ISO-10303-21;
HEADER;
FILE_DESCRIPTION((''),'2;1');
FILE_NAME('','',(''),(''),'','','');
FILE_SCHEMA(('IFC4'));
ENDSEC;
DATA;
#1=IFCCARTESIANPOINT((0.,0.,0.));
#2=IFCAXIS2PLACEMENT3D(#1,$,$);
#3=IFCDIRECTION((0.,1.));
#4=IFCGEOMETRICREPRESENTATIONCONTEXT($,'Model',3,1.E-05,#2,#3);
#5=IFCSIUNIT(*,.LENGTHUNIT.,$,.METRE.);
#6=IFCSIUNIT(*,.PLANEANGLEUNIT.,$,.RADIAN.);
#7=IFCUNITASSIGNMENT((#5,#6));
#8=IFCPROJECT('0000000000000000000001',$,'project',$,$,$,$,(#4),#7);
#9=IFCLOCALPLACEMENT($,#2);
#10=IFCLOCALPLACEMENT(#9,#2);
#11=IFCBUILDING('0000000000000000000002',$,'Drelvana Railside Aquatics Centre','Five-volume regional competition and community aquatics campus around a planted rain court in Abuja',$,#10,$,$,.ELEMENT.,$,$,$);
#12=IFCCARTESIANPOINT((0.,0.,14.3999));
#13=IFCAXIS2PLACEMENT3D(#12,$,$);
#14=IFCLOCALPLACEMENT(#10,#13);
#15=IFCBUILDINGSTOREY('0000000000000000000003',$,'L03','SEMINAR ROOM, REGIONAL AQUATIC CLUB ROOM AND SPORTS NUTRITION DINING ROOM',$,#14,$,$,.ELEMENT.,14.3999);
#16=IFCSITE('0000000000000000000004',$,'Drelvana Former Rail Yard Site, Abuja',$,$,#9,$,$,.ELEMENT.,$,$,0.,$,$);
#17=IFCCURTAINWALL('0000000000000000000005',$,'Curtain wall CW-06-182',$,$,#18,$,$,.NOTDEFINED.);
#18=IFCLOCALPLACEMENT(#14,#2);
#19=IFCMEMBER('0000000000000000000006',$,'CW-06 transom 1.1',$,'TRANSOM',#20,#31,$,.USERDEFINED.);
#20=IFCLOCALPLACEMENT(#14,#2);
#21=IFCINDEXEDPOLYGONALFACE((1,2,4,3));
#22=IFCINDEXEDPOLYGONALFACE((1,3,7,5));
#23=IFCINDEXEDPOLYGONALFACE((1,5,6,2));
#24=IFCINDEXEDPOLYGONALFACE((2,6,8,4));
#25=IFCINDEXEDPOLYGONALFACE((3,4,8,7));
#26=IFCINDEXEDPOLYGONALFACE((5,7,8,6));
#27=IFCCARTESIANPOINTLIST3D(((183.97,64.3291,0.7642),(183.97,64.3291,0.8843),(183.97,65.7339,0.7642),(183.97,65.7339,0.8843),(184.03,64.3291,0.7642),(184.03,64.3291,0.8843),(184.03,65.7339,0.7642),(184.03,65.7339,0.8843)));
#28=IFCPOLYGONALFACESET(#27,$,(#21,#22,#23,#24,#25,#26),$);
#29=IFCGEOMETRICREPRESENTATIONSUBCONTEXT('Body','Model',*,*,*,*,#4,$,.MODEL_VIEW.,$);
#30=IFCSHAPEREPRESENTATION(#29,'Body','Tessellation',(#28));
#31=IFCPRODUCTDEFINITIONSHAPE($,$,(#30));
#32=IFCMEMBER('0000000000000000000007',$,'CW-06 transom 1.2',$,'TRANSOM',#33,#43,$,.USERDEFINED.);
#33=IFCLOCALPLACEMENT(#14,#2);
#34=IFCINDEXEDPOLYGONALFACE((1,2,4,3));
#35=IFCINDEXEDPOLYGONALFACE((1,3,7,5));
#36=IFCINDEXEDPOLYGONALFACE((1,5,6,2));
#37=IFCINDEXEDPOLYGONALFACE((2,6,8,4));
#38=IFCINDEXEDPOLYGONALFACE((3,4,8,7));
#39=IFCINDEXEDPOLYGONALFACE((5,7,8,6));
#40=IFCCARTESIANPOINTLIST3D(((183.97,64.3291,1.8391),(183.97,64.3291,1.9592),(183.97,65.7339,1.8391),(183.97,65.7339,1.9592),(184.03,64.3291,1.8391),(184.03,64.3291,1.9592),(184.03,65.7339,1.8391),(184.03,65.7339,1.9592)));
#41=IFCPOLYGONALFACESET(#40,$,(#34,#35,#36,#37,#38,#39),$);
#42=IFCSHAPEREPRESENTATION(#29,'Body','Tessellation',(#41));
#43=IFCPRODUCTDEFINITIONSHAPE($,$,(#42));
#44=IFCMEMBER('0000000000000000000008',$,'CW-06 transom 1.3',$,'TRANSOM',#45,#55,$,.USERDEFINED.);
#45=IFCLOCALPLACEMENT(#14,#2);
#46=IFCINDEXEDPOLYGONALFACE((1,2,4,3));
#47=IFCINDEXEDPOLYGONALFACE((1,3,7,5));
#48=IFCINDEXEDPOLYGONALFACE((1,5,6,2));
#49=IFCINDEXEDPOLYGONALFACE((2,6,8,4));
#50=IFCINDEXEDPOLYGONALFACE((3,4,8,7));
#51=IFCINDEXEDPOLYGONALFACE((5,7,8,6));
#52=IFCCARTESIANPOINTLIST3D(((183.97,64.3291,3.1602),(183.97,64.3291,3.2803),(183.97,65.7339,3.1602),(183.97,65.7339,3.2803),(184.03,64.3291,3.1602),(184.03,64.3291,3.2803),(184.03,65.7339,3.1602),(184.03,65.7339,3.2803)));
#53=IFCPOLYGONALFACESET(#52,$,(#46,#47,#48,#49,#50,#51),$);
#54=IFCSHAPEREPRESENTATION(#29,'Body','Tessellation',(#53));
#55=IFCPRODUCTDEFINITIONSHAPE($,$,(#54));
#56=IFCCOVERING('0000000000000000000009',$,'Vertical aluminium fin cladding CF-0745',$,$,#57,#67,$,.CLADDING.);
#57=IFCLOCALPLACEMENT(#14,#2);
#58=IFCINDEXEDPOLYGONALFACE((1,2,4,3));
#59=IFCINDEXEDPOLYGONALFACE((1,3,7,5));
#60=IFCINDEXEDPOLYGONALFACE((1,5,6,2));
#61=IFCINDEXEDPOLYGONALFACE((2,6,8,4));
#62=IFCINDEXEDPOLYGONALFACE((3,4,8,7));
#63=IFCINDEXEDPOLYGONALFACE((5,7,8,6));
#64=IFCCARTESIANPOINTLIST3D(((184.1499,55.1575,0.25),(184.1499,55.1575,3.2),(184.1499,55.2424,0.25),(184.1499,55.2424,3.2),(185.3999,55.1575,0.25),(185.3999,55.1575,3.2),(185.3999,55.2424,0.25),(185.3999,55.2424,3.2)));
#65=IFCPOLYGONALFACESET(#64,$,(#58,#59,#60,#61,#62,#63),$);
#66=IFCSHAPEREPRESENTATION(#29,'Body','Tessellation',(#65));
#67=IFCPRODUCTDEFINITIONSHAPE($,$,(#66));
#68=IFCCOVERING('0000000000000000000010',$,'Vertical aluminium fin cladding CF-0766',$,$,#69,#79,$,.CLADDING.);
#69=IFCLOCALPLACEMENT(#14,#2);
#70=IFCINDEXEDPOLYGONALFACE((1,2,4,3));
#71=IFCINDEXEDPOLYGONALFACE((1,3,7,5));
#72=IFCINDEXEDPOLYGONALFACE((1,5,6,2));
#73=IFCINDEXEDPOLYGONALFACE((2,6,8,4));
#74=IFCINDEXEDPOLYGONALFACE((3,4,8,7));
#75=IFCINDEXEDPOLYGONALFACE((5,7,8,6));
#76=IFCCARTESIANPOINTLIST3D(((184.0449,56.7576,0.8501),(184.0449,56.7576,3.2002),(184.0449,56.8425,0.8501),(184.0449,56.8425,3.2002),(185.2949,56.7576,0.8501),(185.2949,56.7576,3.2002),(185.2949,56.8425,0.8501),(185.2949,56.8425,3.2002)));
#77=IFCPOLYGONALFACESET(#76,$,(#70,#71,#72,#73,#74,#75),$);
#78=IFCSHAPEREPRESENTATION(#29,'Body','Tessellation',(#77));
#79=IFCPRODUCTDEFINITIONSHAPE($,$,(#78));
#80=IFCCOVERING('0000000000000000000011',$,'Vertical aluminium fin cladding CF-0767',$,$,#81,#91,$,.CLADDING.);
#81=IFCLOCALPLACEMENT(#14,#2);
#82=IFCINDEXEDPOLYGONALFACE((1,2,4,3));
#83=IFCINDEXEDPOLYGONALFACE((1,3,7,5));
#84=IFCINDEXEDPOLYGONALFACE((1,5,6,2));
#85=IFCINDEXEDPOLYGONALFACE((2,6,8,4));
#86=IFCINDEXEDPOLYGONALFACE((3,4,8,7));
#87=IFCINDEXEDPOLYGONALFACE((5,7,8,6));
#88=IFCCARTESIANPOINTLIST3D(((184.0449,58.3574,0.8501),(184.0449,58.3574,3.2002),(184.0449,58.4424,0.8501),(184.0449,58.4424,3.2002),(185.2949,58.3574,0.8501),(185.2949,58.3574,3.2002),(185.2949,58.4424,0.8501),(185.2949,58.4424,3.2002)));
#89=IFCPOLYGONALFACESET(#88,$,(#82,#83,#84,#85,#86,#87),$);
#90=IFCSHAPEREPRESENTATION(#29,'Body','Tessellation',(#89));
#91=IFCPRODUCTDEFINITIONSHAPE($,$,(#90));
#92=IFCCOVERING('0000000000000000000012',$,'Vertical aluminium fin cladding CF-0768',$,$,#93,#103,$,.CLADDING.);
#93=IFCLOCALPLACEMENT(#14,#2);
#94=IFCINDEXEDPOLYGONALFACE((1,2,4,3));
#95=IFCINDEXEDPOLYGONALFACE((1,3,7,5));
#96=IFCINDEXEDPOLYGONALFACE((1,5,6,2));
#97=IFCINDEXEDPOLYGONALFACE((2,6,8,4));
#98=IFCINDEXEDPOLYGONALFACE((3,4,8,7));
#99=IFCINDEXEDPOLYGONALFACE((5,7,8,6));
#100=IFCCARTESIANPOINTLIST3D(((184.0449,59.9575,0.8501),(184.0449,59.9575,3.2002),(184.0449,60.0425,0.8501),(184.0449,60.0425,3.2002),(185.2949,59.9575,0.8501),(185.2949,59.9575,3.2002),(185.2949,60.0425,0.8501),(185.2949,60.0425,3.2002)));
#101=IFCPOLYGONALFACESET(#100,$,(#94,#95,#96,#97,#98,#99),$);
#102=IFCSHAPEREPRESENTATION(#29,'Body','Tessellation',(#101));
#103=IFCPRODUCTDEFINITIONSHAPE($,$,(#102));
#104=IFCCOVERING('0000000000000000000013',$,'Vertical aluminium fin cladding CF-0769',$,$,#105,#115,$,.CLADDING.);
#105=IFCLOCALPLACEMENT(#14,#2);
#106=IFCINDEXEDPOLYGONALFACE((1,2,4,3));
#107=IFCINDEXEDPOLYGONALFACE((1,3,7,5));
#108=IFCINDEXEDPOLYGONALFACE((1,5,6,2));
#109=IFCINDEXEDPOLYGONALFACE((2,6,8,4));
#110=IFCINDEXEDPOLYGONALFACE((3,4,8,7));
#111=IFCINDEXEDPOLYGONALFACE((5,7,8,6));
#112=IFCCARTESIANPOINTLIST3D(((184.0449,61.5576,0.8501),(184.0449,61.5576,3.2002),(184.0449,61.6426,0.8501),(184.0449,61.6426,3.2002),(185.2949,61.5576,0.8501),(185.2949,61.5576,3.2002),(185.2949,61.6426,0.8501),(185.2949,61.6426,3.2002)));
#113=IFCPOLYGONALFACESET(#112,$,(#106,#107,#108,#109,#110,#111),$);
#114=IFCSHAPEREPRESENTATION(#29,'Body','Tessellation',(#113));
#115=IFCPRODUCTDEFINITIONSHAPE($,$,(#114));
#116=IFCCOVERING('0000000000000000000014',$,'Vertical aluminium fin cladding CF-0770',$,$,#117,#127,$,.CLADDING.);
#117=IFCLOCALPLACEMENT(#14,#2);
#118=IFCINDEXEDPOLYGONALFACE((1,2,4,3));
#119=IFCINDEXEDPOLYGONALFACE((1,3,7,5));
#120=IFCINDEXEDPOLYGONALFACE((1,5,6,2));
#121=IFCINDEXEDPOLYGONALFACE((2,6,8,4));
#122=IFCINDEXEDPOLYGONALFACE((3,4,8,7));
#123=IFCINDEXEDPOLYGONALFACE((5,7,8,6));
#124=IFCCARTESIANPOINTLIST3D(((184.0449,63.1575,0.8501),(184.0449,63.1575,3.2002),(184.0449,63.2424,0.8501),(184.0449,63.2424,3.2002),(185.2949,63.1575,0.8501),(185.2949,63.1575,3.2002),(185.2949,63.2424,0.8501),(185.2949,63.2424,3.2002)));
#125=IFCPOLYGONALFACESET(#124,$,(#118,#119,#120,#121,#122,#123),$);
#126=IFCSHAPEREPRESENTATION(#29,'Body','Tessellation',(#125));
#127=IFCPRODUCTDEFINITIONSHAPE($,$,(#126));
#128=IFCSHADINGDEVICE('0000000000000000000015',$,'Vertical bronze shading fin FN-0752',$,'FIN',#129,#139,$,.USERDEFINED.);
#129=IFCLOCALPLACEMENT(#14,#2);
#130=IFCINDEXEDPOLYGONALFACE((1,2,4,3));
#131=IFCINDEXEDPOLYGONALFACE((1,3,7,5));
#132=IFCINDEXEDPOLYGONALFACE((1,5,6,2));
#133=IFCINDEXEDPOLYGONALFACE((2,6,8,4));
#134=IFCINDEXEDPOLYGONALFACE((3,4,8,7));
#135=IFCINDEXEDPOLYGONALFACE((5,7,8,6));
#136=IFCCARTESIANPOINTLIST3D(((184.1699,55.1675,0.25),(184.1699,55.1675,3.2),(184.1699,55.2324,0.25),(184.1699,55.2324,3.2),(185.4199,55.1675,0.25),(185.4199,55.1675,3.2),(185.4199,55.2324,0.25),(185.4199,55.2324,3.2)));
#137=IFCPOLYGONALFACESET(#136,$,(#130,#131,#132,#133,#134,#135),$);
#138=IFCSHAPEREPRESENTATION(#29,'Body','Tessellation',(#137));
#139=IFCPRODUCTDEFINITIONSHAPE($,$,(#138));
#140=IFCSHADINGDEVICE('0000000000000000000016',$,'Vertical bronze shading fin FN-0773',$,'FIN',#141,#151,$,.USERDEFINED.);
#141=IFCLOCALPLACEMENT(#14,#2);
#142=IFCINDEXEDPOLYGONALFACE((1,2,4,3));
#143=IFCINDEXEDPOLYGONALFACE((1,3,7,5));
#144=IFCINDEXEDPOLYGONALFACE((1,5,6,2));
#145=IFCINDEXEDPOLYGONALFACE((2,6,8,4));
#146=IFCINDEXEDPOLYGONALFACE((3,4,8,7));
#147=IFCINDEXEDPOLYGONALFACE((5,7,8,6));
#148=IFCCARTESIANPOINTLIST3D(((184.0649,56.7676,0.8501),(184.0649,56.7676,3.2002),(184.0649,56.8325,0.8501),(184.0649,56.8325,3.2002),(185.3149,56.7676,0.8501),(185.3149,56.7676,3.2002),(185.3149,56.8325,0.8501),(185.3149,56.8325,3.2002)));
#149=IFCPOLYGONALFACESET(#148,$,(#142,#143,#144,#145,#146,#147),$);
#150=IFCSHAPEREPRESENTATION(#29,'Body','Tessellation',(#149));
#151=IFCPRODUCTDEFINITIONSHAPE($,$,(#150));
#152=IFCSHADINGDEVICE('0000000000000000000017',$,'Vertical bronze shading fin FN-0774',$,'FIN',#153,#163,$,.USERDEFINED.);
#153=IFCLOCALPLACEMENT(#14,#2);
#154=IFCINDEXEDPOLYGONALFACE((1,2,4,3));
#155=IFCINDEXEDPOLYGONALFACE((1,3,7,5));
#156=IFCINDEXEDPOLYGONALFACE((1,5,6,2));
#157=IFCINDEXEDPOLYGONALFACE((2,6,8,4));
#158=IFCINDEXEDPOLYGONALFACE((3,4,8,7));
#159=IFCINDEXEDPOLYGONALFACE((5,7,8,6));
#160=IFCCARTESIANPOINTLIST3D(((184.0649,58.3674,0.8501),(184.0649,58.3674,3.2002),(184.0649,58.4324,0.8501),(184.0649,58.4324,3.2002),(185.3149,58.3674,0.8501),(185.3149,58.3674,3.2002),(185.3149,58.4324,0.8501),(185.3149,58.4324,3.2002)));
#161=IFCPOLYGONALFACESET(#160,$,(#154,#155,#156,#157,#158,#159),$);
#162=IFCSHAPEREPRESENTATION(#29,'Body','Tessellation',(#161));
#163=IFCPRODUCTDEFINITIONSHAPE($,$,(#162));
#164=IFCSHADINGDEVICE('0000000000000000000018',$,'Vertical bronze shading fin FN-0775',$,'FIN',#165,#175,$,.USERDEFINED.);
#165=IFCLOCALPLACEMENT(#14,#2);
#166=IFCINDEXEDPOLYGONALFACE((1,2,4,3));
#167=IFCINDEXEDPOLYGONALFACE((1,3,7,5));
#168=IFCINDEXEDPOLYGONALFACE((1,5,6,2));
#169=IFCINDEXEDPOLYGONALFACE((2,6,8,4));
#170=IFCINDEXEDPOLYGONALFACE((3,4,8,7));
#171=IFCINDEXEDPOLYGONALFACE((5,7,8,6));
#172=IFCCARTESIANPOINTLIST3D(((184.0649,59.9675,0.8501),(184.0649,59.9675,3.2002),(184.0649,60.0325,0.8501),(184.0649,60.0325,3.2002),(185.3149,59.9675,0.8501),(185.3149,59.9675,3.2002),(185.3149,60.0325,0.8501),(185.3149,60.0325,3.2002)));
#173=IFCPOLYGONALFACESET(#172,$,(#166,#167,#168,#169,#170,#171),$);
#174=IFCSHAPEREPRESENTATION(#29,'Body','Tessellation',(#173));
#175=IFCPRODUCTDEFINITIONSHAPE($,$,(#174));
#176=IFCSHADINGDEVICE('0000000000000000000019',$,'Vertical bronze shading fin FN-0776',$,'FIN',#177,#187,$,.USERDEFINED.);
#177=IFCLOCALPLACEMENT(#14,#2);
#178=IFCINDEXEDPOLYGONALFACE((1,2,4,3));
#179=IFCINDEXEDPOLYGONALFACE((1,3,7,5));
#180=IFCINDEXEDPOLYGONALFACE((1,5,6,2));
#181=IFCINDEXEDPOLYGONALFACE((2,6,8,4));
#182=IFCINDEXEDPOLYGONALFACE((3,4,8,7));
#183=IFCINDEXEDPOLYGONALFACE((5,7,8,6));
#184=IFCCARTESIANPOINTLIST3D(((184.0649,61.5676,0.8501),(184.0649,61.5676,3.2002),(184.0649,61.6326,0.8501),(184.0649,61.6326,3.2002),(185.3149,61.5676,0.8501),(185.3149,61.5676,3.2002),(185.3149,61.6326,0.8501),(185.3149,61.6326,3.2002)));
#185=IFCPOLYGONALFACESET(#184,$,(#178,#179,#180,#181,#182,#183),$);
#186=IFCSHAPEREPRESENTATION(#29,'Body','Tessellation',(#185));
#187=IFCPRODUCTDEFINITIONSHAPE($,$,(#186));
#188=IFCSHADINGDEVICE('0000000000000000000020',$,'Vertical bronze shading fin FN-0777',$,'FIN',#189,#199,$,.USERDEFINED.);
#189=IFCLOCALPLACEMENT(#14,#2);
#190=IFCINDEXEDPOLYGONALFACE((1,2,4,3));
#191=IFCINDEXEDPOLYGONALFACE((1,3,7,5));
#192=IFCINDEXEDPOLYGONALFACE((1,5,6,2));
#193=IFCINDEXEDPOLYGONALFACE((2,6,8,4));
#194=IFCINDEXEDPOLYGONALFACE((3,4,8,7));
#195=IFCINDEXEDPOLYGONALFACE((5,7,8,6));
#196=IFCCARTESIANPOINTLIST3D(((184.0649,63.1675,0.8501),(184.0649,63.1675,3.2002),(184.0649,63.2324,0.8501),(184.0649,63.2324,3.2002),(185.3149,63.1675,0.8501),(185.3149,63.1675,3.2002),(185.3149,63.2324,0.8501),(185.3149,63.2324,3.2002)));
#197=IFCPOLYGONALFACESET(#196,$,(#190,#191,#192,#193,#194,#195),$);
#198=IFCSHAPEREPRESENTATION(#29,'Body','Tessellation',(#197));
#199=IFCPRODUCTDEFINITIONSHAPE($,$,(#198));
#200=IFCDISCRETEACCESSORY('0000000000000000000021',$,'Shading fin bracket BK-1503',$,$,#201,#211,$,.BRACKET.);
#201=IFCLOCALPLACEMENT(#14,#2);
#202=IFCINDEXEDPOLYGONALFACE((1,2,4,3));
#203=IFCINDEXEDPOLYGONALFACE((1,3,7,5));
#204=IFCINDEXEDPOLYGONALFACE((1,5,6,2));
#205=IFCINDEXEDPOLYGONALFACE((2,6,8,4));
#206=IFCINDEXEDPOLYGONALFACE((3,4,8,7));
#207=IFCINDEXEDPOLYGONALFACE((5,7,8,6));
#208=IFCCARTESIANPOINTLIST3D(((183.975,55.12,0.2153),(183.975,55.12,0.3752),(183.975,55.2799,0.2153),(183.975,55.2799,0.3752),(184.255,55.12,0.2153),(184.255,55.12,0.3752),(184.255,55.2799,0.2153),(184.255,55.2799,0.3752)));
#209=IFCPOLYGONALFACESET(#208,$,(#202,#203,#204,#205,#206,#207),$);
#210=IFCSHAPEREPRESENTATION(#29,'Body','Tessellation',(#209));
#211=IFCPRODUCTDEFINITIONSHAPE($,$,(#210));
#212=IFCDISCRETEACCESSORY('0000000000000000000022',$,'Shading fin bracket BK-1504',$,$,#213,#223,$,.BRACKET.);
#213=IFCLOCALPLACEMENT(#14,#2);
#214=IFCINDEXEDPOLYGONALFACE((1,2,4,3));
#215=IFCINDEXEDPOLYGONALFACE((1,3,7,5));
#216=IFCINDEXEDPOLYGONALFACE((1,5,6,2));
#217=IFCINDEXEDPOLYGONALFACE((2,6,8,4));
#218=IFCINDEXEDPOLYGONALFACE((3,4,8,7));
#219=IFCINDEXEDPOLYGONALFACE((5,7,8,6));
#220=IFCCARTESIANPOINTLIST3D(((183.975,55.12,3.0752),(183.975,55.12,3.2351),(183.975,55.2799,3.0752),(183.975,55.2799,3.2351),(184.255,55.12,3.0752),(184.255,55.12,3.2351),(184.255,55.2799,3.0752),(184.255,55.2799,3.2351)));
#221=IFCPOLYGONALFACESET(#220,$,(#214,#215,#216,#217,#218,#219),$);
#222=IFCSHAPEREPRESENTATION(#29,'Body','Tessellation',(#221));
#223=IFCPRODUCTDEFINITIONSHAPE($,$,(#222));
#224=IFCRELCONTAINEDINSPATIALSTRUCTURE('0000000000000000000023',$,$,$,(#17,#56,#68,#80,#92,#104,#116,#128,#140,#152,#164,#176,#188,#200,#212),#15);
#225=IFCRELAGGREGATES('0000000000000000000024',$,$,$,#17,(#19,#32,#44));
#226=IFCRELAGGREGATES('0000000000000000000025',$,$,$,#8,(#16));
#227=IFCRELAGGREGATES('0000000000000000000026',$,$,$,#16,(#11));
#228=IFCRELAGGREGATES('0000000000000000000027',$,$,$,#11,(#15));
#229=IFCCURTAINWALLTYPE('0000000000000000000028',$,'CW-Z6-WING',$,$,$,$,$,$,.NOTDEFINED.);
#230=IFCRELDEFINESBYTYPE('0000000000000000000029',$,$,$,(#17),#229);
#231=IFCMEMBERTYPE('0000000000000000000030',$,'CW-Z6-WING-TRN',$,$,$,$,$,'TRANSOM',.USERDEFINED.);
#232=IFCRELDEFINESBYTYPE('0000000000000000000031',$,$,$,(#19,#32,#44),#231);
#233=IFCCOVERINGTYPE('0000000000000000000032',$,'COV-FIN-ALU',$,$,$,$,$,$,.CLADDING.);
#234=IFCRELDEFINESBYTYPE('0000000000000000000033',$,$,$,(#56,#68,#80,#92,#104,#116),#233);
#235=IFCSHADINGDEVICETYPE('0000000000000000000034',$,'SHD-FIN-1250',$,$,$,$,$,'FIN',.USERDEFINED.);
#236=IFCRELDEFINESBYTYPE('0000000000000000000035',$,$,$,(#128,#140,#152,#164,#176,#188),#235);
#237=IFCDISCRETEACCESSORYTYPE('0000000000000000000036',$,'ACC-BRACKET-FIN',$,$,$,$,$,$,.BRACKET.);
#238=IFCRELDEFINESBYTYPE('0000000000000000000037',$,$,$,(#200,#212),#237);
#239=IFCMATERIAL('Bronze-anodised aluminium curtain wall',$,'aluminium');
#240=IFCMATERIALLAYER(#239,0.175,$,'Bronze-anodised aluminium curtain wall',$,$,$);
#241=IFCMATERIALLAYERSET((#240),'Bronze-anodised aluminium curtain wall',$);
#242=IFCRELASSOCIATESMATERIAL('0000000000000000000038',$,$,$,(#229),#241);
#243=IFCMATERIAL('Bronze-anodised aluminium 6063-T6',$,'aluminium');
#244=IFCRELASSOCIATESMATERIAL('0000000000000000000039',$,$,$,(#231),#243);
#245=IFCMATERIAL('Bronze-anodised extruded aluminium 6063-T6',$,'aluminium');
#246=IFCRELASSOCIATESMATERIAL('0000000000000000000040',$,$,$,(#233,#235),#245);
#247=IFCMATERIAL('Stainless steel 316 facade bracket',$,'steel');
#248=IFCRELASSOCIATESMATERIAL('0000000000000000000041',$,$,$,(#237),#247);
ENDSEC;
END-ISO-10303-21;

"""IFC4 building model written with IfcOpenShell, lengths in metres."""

from ifc_helpers import new_model, si_unit, direction, frame, origin, origin_2d, place, context, subcontext, project, spatial, rectangle, extrude, material, layer, layer_set, material_profile, profile_set, type_object, element, aggregate, save


model = new_model("IFC4")

# Units and contexts
model_context = context("Model", 3, precision=1e-05, world=origin(), true_north=direction((0.0, 1.0)))
body_context = subcontext(model_context, "Body", "Model", "MODEL_VIEW")
ifc_project = project(units=[si_unit("LENGTHUNIT", "METRE"), si_unit("PLANEANGLEUNIT", "RADIAN")], contexts=[model_context])

# Site, building, storey
site_placement = place(None, origin())
site = spatial("IfcSite", under=ifc_project, at=site_placement, Name="Drelvana Former Rail Yard Site, Abuja", CompositionType="ELEMENT", RefElevation=0.0)
building_placement = place(site_placement, origin())
building = spatial("IfcBuilding", under=site, at=building_placement, Name="Drelvana Railside Aquatics Centre", Description="Five-volume regional competition and community aquatics campus around a planted rain court in Abuja", CompositionType="ELEMENT")
storey_placement = place(building_placement, frame((0.0, 0.0, 14.3999)))
storey = spatial("IfcBuildingStorey", under=building, at=storey_placement, Name="L03", Description="SEMINAR ROOM, REGIONAL AQUATIC CLUB ROOM AND SPORTS NUTRITION DINING ROOM", CompositionType="ELEMENT", Elevation=14.3999)

# Curtain wall, members
ifc_material_1 = material(Name="Bronze-anodised aluminium curtain wall", Category="aluminium")
ifc_layer = layer(ifc_material_1, 0.175, Name="Bronze-anodised aluminium curtain wall")
ifc_layer_set = layer_set([ifc_layer], Name="Bronze-anodised aluminium curtain wall")
curtain_wall_type = type_object("IfcCurtainWallType", Name="CW-Z6-WING", PredefinedType="NOTDEFINED", material=ifc_layer_set)
curtain_wall_placement = place(storey_placement, origin())
curtain_wall = element("IfcCurtainWall", 1, at=curtain_wall_placement, inside=storey, type_object=curtain_wall_type, Name="Curtain wall CW-06-182", PredefinedType="NOTDEFINED")
ifc_material_2 = material(Name="Bronze-anodised aluminium 6063-T6", Category="aluminium")
ifc_material_profile = material_profile(ifc_material_2, rectangle(XDim=0.1201, YDim=0.0601, at=origin_2d()), Name="ALU-T 60x120")
ifc_profile_set = profile_set([ifc_material_profile], Name="Bronze-anodised aluminium 6063-T6")
member_type = type_object("IfcMemberType", Name="CW-Z6-WING-TRN", ElementType="TRANSOM", PredefinedType="USERDEFINED", material=ifc_profile_set)
member_1_placement = place(storey_placement, frame((184.0, 64.3291, 0.8242), z_axis=(0.0, 1.0, 0.0), x_axis=(0.0, 0.0, 1.0)))
member_1 = element("IfcMember", 2, at=member_1_placement, type_object=member_type, Name="CW-06 transom 1.1", ObjectType="TRANSOM", PredefinedType="USERDEFINED", context=body_context, shape_type="SweptSolid", body=[
    extrude(rectangle(XDim=0.1201, YDim=0.0601, at=origin_2d()), origin(), (0.0, 0.0, 1.0), 1.4048),
])
member_2_placement = place(storey_placement, frame((184.0, 64.3291, 1.8992), z_axis=(0.0, 1.0, 0.0), x_axis=(0.0, 0.0, 1.0)))
member_2 = element("IfcMember", 3, at=member_2_placement, type_object=member_type, Name="CW-06 transom 1.2", ObjectType="TRANSOM", PredefinedType="USERDEFINED", context=body_context, shape_type="SweptSolid", body=[
    extrude(rectangle(XDim=0.1201, YDim=0.0601, at=origin_2d()), origin(), (0.0, 0.0, 1.0), 1.4048),
])
member_3_placement = place(storey_placement, frame((184.0, 64.3291, 3.2202), z_axis=(0.0, 1.0, 0.0), x_axis=(0.0, 0.0, 1.0)))
member_3 = element("IfcMember", 4, at=member_3_placement, type_object=member_type, Name="CW-06 transom 1.3", ObjectType="TRANSOM", PredefinedType="USERDEFINED", context=body_context, shape_type="SweptSolid", body=[
    extrude(rectangle(XDim=0.1201, YDim=0.0601, at=origin_2d()), origin(), (0.0, 0.0, 1.0), 1.4048),
])
aggregate(curtain_wall, [member_1, member_2, member_3])

# Coverings
ifc_material_3 = material(Name="Bronze-anodised extruded aluminium 6063-T6", Category="aluminium")
covering_type = type_object("IfcCoveringType", Name="COV-FIN-ALU", PredefinedType="CLADDING", material=ifc_material_3)
covering_placement = place(storey_placement, frame((184.7749, 55.2, 0.25), z_axis=(0.0, 0.0, 1.0), x_axis=(0.0, -1.0, 0.0)))
element("IfcCovering", 5, at=covering_placement, inside=storey, type_object=covering_type, Name="Vertical aluminium fin cladding CF-0745", PredefinedType="CLADDING", context=body_context, shape_type="SweptSolid", body=[
    extrude(rectangle(XDim=0.085, YDim=1.25, at=origin_2d()), origin(), (0.0, 0.0, 1.0), 2.95),
])
for number, where, z_axis, x_axis, name in (
    (6, (184.6699, 56.8, 0.8501), (0.0, 0.0, 1.0), (0.0, -1.0, 0.0), "Vertical aluminium fin cladding CF-0766"),
    (7, (184.6699, 58.3999, 0.8501), (0.0, 0.0, 1.0), (0.0, -1.0, 0.0), "Vertical aluminium fin cladding CF-0767"),
    (8, (184.6699, 60.0, 0.8501), (0.0, 0.0, 1.0), (0.0, -1.0, 0.0), "Vertical aluminium fin cladding CF-0768"),
    (9, (184.6699, 61.6001, 0.8501), (0.0, 0.0, 1.0), (0.0, -1.0, 0.0), "Vertical aluminium fin cladding CF-0769"),
    (10, (184.6699, 63.2, 0.8501), (0.0, 0.0, 1.0), (0.0, -1.0, 0.0), "Vertical aluminium fin cladding CF-0770"),
):
    element("IfcCovering", number, at=place(storey_placement, frame(where, z_axis=z_axis, x_axis=x_axis)), inside=storey, type_object=covering_type, Name=name, PredefinedType="CLADDING", context=body_context, shape_type="SweptSolid", body=[
        extrude(rectangle(XDim=0.085, YDim=1.25, at=origin_2d()), origin(), (0.0, 0.0, 1.0), 2.3501),
    ])

# Shading devices
shading_device_type = type_object("IfcShadingDeviceType", Name="SHD-FIN-1250", ElementType="FIN", PredefinedType="USERDEFINED", material=ifc_material_3)
shading_device_placement = place(storey_placement, frame((184.7949, 55.2, 0.25), z_axis=(0.0, 0.0, 1.0), x_axis=(1.0, 0.0, 0.0)))
element("IfcShadingDevice", 11, at=shading_device_placement, inside=storey, type_object=shading_device_type, Name="Vertical bronze shading fin FN-0752", ObjectType="FIN", PredefinedType="USERDEFINED", context=body_context, shape_type="SweptSolid", body=[
    extrude(rectangle(XDim=1.25, YDim=0.0649, at=origin_2d()), origin(), (0.0, 0.0, 1.0), 2.95),
])
for number, where, z_axis, x_axis, name in (
    (12, (184.6899, 56.8, 0.8501), (0.0, 0.0, 1.0), (1.0, 0.0, 0.0), "Vertical bronze shading fin FN-0773"),
    (13, (184.6899, 58.3999, 0.8501), (0.0, 0.0, 1.0), (1.0, 0.0, 0.0), "Vertical bronze shading fin FN-0774"),
    (14, (184.6899, 60.0, 0.8501), (0.0, 0.0, 1.0), (1.0, 0.0, 0.0), "Vertical bronze shading fin FN-0775"),
    (15, (184.6899, 61.6001, 0.8501), (0.0, 0.0, 1.0), (1.0, 0.0, 0.0), "Vertical bronze shading fin FN-0776"),
    (16, (184.6899, 63.2, 0.8501), (0.0, 0.0, 1.0), (1.0, 0.0, 0.0), "Vertical bronze shading fin FN-0777"),
):
    element("IfcShadingDevice", number, at=place(storey_placement, frame(where, z_axis=z_axis, x_axis=x_axis)), inside=storey, type_object=shading_device_type, Name=name, ObjectType="FIN", PredefinedType="USERDEFINED", context=body_context, shape_type="SweptSolid", body=[
        extrude(rectangle(XDim=1.25, YDim=0.0649, at=origin_2d()), origin(), (0.0, 0.0, 1.0), 2.3501),
    ])

# Discrete accessories
ifc_material_4 = material(Name="Stainless steel 316 facade bracket", Category="steel")
discrete_accessory_type = type_object("IfcDiscreteAccessoryType", Name="ACC-BRACKET-FIN", PredefinedType="BRACKET", material=ifc_material_4)
for number, where, z_axis, x_axis, name in (
    (17, (184.115, 55.2, 0.2153), (0.0, 0.0, 1.0), (1.0, 0.0, 0.0), "Shading fin bracket BK-1503"),
    (18, (184.115, 55.2, 3.0752), (0.0, 0.0, 1.0), (1.0, 0.0, 0.0), "Shading fin bracket BK-1504"),
):
    element("IfcDiscreteAccessory", number, at=place(storey_placement, frame(where, z_axis=z_axis, x_axis=x_axis)), inside=storey, type_object=discrete_accessory_type, Name=name, PredefinedType="BRACKET", context=body_context, shape_type="SweptSolid", body=[
        extrude(rectangle(XDim=0.28, YDim=0.1599, at=origin_2d()), origin(), (0.0, 0.0, 1.0), 0.1599),
    ])

save(model, "model.ifc")
